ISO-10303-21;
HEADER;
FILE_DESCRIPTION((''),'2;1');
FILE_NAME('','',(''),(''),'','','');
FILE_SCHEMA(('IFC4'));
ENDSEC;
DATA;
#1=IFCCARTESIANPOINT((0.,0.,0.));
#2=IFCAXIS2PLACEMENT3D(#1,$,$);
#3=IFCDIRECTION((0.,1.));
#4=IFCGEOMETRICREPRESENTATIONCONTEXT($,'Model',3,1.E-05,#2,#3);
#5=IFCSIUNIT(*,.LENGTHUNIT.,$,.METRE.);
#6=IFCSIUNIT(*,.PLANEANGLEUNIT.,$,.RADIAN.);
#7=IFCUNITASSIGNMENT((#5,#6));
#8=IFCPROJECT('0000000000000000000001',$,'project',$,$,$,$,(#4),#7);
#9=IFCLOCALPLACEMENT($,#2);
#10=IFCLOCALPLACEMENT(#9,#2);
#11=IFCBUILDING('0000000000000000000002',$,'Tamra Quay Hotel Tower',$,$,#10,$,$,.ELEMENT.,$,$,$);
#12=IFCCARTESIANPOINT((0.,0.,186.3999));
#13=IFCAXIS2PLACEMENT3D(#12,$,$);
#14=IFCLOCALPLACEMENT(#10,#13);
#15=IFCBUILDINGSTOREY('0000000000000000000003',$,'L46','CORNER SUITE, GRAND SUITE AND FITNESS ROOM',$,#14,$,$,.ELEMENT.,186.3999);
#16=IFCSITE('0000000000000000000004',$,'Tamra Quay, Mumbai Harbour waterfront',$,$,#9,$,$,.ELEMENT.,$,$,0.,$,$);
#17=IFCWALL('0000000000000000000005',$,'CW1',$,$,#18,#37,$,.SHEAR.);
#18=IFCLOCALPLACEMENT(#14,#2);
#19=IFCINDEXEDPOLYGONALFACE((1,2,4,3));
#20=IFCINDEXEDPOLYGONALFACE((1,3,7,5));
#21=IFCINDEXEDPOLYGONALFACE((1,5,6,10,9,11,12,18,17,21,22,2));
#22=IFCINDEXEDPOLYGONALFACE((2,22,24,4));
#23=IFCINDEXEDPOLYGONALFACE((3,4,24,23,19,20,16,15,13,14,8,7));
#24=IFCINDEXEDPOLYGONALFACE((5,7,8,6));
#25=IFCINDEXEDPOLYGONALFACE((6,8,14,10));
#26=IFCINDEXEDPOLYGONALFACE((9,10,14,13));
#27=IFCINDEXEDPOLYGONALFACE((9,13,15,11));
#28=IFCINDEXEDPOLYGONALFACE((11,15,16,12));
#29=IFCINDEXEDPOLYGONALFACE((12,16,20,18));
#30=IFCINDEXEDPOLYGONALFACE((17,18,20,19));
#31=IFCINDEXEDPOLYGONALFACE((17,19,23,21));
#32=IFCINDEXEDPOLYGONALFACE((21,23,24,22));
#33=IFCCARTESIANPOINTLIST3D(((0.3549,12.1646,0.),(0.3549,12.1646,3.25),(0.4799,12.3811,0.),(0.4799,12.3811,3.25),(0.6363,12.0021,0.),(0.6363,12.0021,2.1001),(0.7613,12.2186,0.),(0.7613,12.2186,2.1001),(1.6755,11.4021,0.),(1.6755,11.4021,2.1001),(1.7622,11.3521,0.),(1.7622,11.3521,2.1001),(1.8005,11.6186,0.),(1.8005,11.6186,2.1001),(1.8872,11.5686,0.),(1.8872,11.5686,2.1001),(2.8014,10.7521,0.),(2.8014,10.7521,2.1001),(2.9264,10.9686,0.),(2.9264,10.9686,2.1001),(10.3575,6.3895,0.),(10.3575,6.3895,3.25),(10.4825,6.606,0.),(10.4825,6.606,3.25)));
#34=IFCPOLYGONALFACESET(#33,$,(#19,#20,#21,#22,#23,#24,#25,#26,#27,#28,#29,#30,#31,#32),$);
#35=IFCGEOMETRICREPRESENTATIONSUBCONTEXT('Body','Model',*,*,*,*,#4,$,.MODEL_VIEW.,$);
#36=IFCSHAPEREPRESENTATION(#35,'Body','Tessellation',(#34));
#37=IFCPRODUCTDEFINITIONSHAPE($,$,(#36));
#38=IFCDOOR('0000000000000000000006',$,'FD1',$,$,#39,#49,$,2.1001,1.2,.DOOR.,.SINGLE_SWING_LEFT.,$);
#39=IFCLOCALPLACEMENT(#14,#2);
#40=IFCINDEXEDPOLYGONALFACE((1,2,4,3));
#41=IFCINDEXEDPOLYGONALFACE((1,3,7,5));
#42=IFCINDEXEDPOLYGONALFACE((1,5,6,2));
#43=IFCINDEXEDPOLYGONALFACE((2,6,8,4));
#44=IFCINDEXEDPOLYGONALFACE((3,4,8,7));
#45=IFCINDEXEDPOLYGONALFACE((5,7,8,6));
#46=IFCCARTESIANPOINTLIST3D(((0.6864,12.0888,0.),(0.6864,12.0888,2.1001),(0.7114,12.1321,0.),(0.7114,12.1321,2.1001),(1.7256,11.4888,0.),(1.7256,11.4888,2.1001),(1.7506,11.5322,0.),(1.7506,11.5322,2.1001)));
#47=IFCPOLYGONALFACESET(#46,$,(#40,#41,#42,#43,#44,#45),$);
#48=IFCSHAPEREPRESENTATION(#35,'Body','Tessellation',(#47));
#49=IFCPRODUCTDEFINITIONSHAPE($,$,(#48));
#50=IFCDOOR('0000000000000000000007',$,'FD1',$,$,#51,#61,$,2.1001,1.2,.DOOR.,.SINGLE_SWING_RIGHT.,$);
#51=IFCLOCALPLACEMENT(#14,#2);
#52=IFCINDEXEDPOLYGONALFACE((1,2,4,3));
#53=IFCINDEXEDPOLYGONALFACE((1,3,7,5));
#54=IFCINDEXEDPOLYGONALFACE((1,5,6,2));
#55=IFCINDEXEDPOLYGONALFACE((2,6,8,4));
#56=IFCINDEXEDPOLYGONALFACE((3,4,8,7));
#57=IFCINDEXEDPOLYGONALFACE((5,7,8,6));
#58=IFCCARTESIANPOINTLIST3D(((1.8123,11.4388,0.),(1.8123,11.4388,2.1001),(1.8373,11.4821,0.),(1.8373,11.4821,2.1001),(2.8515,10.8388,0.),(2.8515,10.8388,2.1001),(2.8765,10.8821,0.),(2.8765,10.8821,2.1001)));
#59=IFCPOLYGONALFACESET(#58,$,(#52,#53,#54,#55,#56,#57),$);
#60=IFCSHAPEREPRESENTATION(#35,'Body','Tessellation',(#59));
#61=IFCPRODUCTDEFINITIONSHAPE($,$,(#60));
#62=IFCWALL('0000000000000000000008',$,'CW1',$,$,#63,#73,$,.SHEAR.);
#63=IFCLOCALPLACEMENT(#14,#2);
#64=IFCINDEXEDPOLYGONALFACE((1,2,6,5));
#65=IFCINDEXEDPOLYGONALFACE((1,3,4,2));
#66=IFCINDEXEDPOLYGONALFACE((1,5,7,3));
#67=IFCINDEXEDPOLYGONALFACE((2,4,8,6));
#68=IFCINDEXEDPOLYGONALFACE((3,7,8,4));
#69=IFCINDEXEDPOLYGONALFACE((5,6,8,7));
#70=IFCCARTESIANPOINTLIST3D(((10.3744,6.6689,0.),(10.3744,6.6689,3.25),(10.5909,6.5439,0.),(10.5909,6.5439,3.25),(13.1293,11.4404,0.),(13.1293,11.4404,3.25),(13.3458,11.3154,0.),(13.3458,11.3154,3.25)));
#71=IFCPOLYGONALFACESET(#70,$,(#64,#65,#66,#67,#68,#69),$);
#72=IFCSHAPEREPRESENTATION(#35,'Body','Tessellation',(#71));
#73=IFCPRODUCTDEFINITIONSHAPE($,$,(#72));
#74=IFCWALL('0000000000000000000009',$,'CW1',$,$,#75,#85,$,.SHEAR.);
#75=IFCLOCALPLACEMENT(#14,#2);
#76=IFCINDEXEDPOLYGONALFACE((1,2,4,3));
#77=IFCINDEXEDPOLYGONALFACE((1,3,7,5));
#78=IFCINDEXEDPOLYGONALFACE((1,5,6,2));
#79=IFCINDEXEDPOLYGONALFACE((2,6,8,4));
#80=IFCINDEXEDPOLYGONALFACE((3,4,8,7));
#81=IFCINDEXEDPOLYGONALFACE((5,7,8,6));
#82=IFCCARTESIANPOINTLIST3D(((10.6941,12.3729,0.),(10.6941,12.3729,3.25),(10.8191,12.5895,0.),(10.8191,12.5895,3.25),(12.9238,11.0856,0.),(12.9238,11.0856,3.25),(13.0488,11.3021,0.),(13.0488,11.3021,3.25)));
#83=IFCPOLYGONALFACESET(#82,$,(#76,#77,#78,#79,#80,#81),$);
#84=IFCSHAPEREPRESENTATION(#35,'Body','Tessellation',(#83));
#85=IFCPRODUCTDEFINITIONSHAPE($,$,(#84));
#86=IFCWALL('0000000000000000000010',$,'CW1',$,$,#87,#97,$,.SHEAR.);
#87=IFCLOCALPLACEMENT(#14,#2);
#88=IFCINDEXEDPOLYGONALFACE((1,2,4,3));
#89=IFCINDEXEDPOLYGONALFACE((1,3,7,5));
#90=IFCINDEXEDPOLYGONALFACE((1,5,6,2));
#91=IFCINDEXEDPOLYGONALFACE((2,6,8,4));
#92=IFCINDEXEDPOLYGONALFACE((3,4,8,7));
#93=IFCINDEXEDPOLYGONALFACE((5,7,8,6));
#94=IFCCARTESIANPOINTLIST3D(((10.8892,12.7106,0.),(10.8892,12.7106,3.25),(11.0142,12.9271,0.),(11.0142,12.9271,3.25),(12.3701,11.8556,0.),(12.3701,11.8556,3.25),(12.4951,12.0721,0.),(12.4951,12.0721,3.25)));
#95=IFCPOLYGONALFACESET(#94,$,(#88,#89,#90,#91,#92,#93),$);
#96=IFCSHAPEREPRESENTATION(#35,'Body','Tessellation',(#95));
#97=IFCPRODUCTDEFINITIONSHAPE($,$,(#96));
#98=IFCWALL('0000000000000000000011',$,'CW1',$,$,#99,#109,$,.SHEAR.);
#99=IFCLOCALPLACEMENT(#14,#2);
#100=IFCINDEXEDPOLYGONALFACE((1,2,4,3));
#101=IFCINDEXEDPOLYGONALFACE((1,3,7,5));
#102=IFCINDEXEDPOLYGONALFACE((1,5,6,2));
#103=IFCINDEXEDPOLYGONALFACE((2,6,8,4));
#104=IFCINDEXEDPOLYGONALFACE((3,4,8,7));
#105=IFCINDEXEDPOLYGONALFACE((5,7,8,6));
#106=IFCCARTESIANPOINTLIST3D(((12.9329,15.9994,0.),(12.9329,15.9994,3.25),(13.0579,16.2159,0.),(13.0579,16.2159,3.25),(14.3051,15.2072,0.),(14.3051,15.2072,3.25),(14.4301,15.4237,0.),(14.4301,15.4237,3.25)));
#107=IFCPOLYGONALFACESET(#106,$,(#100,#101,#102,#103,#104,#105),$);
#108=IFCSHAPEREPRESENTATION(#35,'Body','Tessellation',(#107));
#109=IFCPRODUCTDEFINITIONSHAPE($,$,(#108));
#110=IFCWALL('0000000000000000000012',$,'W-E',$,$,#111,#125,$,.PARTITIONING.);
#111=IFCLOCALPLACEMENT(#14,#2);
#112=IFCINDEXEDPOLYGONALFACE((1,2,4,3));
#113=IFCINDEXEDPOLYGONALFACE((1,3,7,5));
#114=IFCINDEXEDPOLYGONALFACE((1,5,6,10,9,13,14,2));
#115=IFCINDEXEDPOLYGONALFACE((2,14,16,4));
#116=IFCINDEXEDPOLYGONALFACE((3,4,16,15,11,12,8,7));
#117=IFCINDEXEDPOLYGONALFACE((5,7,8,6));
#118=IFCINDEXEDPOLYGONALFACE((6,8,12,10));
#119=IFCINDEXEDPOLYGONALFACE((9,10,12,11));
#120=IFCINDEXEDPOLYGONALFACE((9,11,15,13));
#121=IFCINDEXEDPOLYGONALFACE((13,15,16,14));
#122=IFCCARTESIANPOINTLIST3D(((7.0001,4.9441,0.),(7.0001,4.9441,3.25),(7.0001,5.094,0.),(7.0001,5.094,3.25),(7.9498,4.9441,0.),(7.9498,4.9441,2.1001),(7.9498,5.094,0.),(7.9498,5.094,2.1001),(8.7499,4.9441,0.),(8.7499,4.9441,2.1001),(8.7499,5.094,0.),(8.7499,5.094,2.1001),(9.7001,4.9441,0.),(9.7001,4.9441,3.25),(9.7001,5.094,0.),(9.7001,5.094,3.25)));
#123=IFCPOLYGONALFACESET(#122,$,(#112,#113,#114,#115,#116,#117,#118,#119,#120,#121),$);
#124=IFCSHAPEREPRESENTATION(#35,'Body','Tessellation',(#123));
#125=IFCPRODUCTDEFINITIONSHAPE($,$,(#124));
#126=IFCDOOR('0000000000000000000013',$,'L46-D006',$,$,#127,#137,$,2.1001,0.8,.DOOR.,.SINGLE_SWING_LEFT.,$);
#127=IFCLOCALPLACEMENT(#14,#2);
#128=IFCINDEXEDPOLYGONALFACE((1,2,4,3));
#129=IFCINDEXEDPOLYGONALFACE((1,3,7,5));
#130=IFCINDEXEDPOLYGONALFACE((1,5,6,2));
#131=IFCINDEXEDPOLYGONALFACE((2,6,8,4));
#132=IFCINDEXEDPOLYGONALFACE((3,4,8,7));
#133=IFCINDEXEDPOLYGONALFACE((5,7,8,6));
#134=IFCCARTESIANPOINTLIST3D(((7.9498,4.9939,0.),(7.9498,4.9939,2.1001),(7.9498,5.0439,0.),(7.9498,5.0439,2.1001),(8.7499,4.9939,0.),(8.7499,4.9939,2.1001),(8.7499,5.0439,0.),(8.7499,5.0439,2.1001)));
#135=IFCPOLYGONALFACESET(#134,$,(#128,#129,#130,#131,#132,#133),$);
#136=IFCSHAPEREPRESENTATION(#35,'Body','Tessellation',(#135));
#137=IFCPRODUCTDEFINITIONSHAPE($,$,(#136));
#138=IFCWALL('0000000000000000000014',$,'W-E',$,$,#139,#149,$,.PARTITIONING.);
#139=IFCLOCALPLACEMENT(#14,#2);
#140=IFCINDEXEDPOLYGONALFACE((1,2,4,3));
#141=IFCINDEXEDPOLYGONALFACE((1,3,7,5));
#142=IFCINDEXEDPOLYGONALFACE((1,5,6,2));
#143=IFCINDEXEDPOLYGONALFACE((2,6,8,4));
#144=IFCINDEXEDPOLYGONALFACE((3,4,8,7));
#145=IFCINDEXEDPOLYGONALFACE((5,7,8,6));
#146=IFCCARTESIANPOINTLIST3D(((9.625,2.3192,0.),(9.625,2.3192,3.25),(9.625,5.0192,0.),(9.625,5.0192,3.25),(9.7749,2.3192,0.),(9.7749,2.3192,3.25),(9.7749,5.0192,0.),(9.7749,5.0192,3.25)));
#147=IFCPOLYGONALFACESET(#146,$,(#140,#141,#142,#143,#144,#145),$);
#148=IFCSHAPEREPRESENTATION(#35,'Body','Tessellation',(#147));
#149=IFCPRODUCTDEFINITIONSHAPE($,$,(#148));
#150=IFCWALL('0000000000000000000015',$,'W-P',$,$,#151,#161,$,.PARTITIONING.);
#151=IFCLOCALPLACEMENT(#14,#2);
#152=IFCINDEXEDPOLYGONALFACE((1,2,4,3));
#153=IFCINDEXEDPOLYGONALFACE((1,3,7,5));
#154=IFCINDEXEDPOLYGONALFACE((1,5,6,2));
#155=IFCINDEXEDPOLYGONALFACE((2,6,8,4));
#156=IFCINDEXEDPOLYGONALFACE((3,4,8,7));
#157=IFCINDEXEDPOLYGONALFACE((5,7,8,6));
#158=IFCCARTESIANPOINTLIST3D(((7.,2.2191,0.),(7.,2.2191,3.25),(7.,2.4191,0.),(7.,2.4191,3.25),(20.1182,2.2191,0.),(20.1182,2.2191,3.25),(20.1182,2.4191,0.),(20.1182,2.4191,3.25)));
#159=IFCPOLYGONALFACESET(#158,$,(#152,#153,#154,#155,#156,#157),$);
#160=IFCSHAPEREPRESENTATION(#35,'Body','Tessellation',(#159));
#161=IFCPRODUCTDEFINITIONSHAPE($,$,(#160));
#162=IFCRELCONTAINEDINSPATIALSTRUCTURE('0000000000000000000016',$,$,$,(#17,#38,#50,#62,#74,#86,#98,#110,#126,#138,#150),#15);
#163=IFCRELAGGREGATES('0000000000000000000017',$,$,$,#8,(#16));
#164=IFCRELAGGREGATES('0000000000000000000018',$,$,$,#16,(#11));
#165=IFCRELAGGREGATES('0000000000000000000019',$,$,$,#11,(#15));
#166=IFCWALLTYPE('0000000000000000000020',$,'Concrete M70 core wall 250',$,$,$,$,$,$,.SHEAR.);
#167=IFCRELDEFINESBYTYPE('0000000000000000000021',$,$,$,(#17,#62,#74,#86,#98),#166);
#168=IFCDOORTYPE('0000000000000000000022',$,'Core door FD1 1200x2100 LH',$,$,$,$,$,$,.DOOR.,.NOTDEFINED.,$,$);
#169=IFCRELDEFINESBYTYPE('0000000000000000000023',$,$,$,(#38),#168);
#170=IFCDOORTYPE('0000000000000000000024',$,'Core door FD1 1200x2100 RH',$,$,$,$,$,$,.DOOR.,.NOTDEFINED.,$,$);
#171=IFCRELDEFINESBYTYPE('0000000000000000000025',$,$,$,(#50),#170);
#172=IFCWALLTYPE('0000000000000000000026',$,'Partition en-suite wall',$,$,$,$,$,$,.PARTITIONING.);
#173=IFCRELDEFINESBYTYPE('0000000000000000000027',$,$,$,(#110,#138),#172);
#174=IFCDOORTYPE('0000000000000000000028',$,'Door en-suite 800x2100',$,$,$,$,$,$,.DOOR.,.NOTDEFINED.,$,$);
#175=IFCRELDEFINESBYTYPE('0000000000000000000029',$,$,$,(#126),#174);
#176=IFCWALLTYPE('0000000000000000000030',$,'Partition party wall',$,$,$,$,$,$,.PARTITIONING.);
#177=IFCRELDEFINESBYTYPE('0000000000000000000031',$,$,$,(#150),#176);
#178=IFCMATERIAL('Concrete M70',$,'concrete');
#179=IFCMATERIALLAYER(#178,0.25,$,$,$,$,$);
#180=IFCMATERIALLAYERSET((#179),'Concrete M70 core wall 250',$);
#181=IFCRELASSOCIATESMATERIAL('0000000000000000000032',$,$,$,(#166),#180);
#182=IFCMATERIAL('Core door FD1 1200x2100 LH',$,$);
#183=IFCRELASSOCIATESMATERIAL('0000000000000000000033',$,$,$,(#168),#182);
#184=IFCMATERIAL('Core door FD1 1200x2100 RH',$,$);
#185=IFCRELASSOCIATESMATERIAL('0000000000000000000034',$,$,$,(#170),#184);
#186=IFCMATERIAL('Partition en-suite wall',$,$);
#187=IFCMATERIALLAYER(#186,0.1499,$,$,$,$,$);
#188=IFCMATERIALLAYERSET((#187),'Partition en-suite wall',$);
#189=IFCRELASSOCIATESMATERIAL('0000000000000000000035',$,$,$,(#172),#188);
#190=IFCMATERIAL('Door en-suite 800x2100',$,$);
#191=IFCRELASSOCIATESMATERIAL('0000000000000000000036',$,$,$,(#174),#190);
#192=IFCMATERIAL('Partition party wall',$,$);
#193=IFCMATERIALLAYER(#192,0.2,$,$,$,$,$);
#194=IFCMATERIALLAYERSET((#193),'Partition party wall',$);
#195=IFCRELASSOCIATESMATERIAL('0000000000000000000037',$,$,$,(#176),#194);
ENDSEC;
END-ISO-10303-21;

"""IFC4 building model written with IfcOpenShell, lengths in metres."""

from ifc_helpers import new_model, si_unit, direction, frame, frame_2d, origin, place, context, subcontext, project, spatial, rectangle, extrude, material, layer, layer_set, type_object, element, fill, save


model = new_model("IFC4")

# Units and contexts
model_context = context("Model", 3, precision=1e-05, world=origin(), true_north=direction((0.0, 1.0)))
body_context = subcontext(model_context, "Body", "Model", "MODEL_VIEW")
ifc_project = project(units=[si_unit("LENGTHUNIT", "METRE"), si_unit("PLANEANGLEUNIT", "RADIAN")], contexts=[model_context])

# Site, building, storey
site_placement = place(None, origin())
site = spatial("IfcSite", under=ifc_project, at=site_placement, Name="Tamra Quay, Mumbai Harbour waterfront", CompositionType="ELEMENT", RefElevation=0.0)
building_placement = place(site_placement, origin())
building = spatial("IfcBuilding", under=site, at=building_placement, Name="Tamra Quay Hotel Tower", CompositionType="ELEMENT")
storey_placement = place(building_placement, frame((0.0, 0.0, 186.3999)))
storey = spatial("IfcBuildingStorey", under=building, at=storey_placement, Name="L46", Description="CORNER SUITE, GRAND SUITE AND FITNESS ROOM", CompositionType="ELEMENT", Elevation=186.3999)

# Shared definitions
ifc_material_1 = material(Name="Concrete M70", Category="concrete")

# Wall, openings, doors
ifc_layer_1 = layer(ifc_material_1, 0.25)
ifc_layer_set_1 = layer_set([ifc_layer_1], Name="Concrete M70 core wall 250")
wall_type_1 = type_object("IfcWallType", Name="Concrete M70 core wall 250", PredefinedType="SHEAR", material=ifc_layer_set_1)
wall_1_placement = place(storey_placement, frame((10.4199, 6.4978, 0.0), z_axis=(0.0, 0.0, 1.0), x_axis=(-0.866022, 0.500006, 0.0)))
wall_1 = element("IfcWall", 1, at=wall_1_placement, inside=storey, type_object=wall_type_1, Name="CW1", PredefinedType="SHEAR", context=body_context, shape_type="SweptSolid", body=[
    extrude(rectangle(XDim=11.55, YDim=0.25, at=frame_2d((5.7749, 0.0))), origin(), (0.0, 0.0, 1.0), 3.25),
])
opening_1_placement = place(wall_1_placement, frame((10.0249, 0.0, 0.0)))
opening_1 = element("IfcOpeningElement", 2, at=opening_1_placement, cuts=wall_1, PredefinedType="OPENING", context=body_context, shape_type="SweptSolid", body=[
    extrude(rectangle(XDim=1.2, YDim=2.1001, at=frame_2d((0.6001, 1.05))), frame((0.0, 0.135, 0.0), z_axis=(0.0, -1.0, 0.0), x_axis=(1.0, 0.0, 0.0)), (0.0, 0.0, 1.0), 0.27),
])
opening_2_placement = place(wall_1_placement, frame((8.7249, 0.0, 0.0)))
opening_2 = element("IfcOpeningElement", 3, at=opening_2_placement, cuts=wall_1, PredefinedType="OPENING", context=body_context, shape_type="SweptSolid", body=[
    extrude(rectangle(XDim=1.2, YDim=2.1001, at=frame_2d((0.6001, 1.05))), frame((0.0, 0.135, 0.0), z_axis=(0.0, -1.0, 0.0), x_axis=(1.0, 0.0, 0.0)), (0.0, 0.0, 1.0), 0.27),
])
ifc_material_2 = material(Name="Core door FD1 1200x2100 LH")
door_type_1 = type_object("IfcDoorType", Name="Core door FD1 1200x2100 LH", OperationType="NOTDEFINED", PredefinedType="DOOR", material=ifc_material_2)
door_1_placement = place(opening_1_placement, origin())
door_1 = element("IfcDoor", 4, at=door_1_placement, inside=storey, type_object=door_type_1, Name="FD1", OperationType="SINGLE_SWING_LEFT", OverallHeight=2.1001, OverallWidth=1.2, PredefinedType="DOOR", context=body_context, shape_type="SweptSolid", body=[
    extrude(rectangle(XDim=1.2, YDim=2.1001, at=frame_2d((0.6001, 1.05))), frame((0.0, 0.0249, 0.0), z_axis=(0.0, -1.0, 0.0), x_axis=(1.0, 0.0, 0.0)), (0.0, 0.0, 1.0), 0.05),
])
fill(opening_1, door_1)
ifc_material_3 = material(Name="Core door FD1 1200x2100 RH")
door_type_2 = type_object("IfcDoorType", Name="Core door FD1 1200x2100 RH", OperationType="NOTDEFINED", PredefinedType="DOOR", material=ifc_material_3)
door_2_placement = place(opening_2_placement, origin())
door_2 = element("IfcDoor", 5, at=door_2_placement, inside=storey, type_object=door_type_2, Name="FD1", OperationType="SINGLE_SWING_RIGHT", OverallHeight=2.1001, OverallWidth=1.2, PredefinedType="DOOR", context=body_context, shape_type="SweptSolid", body=[
    extrude(rectangle(XDim=1.2, YDim=2.1001, at=frame_2d((0.6001, 1.05))), frame((0.0, 0.0249, 0.0), z_axis=(0.0, -1.0, 0.0), x_axis=(1.0, 0.0, 0.0)), (0.0, 0.0, 1.0), 0.05),
])
fill(opening_2, door_2)

# Walls
wall_2_placement = place(storey_placement, frame((13.2375, 11.3779, 0.0), z_axis=(0.0, 0.0, 1.0), x_axis=(-0.500009, -0.86602, 0.0)))
element("IfcWall", 6, at=wall_2_placement, inside=storey, type_object=wall_type_1, Name="CW1", PredefinedType="SHEAR", context=body_context, shape_type="SweptSolid", body=[
    extrude(rectangle(XDim=5.5098, YDim=0.25, at=frame_2d((2.7549, 0.0))), origin(), (0.0, 0.0, 1.0), 3.25),
])
wall_3_placement = place(storey_placement, frame((10.7566, 12.4812, 0.0), z_axis=(0.0, 0.0, 1.0), x_axis=(0.866023, -0.500004, 0.0)))
element("IfcWall", 7, at=wall_3_placement, inside=storey, type_object=wall_type_1, Name="CW1", PredefinedType="SHEAR", context=body_context, shape_type="SweptSolid", body=[
    extrude(rectangle(XDim=2.5747, YDim=0.25, at=frame_2d((1.2874, 0.0))), origin(), (0.0, 0.0, 1.0), 3.25),
])
wall_4_placement = place(storey_placement, frame((12.4326, 11.9639, 0.0), z_axis=(0.0, 0.0, 1.0), x_axis=(-0.866038, 0.499978, 0.0)))
element("IfcWall", 8, at=wall_4_placement, inside=storey, type_object=wall_type_1, Name="CW1", PredefinedType="SHEAR", context=body_context, shape_type="SweptSolid", body=[
    extrude(rectangle(XDim=1.71, YDim=0.25, at=frame_2d((0.855, 0.0))), origin(), (0.0, 0.0, 1.0), 3.25),
])
wall_5_placement = place(storey_placement, frame((12.9954, 16.1077, 0.0), z_axis=(0.0, 0.0, 1.0), x_axis=(0.866044, -0.499967, 0.0)))
element("IfcWall", 9, at=wall_5_placement, inside=storey, type_object=wall_type_1, Name="CW1", PredefinedType="SHEAR", context=body_context, shape_type="SweptSolid", body=[
    extrude(rectangle(XDim=1.5845, YDim=0.25, at=frame_2d((0.7922, 0.0))), origin(), (0.0, 0.0, 1.0), 3.25),
])

# Wall, opening, door
ifc_material_4 = material(Name="Partition en-suite wall")
ifc_layer_2 = layer(ifc_material_4, 0.1499)
ifc_layer_set_2 = layer_set([ifc_layer_2], Name="Partition en-suite wall")
wall_type_2 = type_object("IfcWallType", Name="Partition en-suite wall", PredefinedType="PARTITIONING", material=ifc_layer_set_2)
wall_6_placement = place(storey_placement, frame((7.0, 5.019, 0.0), z_axis=(0.0, 0.0, 1.0), x_axis=(1.0, 0.0, 0.0)))
wall_6 = element("IfcWall", 10, at=wall_6_placement, inside=storey, type_object=wall_type_2, Name="W-E", PredefinedType="PARTITIONING", context=body_context, shape_type="SweptSolid", body=[
    extrude(rectangle(XDim=2.7, YDim=0.1499, at=frame_2d((1.3501, 0.0))), origin(), (0.0, 0.0, 1.0), 3.25),
])
opening_3_placement = place(wall_6_placement, frame((0.95, 0.0, 0.0)))
opening_3 = element("IfcOpeningElement", 11, at=opening_3_placement, cuts=wall_6, PredefinedType="OPENING", context=body_context, shape_type="SweptSolid", body=[
    extrude(rectangle(XDim=0.8, YDim=2.1001, at=frame_2d((0.3999, 1.05))), frame((0.0, 0.085, 0.0), z_axis=(0.0, -1.0, 0.0), x_axis=(1.0, 0.0, 0.0)), (0.0, 0.0, 1.0), 0.1699),
])
ifc_material_5 = material(Name="Door en-suite 800x2100")
door_type_3 = type_object("IfcDoorType", Name="Door en-suite 800x2100", OperationType="NOTDEFINED", PredefinedType="DOOR", material=ifc_material_5)
door_3_placement = place(opening_3_placement, origin())
door_3 = element("IfcDoor", 12, at=door_3_placement, inside=storey, type_object=door_type_3, Name="L46-D006", OperationType="SINGLE_SWING_LEFT", OverallHeight=2.1001, OverallWidth=0.8, PredefinedType="DOOR", context=body_context, shape_type="SweptSolid", body=[
    extrude(rectangle(XDim=0.8, YDim=2.1001, at=frame_2d((0.3999, 1.05))), frame((0.0, 0.0249, 0.0), z_axis=(0.0, -1.0, 0.0), x_axis=(1.0, 0.0, 0.0)), (0.0, 0.0, 1.0), 0.05),
])
fill(opening_3, door_3)

# Walls
wall_7_placement = place(storey_placement, frame((9.7, 2.3191, 0.0), z_axis=(0.0, 0.0, 1.0), x_axis=(0.0, 1.0, 0.0)))
element("IfcWall", 13, at=wall_7_placement, inside=storey, type_object=wall_type_2, Name="W-E", PredefinedType="PARTITIONING", context=body_context, shape_type="SweptSolid", body=[
    extrude(rectangle(XDim=2.7, YDim=0.1499, at=frame_2d((1.3501, 0.0))), origin(), (0.0, 0.0, 1.0), 3.25),
])
ifc_material_6 = material(Name="Partition party wall")
ifc_layer_3 = layer(ifc_material_6, 0.2)
ifc_layer_set_3 = layer_set([ifc_layer_3], Name="Partition party wall")
wall_type_3 = type_object("IfcWallType", Name="Partition party wall", PredefinedType="PARTITIONING", material=ifc_layer_set_3)
wall_8_placement = place(storey_placement, frame((7.0, 2.3191, 0.0), z_axis=(0.0, 0.0, 1.0), x_axis=(1.0, 0.0, 0.0)))
element("IfcWall", 14, at=wall_8_placement, inside=storey, type_object=wall_type_3, Name="W-P", PredefinedType="PARTITIONING", context=body_context, shape_type="SweptSolid", body=[
    extrude(rectangle(XDim=13.1182, YDim=0.2, at=frame_2d((6.5591, 0.0))), origin(), (0.0, 0.0, 1.0), 3.25),
])

save(model, "model.ifc")
